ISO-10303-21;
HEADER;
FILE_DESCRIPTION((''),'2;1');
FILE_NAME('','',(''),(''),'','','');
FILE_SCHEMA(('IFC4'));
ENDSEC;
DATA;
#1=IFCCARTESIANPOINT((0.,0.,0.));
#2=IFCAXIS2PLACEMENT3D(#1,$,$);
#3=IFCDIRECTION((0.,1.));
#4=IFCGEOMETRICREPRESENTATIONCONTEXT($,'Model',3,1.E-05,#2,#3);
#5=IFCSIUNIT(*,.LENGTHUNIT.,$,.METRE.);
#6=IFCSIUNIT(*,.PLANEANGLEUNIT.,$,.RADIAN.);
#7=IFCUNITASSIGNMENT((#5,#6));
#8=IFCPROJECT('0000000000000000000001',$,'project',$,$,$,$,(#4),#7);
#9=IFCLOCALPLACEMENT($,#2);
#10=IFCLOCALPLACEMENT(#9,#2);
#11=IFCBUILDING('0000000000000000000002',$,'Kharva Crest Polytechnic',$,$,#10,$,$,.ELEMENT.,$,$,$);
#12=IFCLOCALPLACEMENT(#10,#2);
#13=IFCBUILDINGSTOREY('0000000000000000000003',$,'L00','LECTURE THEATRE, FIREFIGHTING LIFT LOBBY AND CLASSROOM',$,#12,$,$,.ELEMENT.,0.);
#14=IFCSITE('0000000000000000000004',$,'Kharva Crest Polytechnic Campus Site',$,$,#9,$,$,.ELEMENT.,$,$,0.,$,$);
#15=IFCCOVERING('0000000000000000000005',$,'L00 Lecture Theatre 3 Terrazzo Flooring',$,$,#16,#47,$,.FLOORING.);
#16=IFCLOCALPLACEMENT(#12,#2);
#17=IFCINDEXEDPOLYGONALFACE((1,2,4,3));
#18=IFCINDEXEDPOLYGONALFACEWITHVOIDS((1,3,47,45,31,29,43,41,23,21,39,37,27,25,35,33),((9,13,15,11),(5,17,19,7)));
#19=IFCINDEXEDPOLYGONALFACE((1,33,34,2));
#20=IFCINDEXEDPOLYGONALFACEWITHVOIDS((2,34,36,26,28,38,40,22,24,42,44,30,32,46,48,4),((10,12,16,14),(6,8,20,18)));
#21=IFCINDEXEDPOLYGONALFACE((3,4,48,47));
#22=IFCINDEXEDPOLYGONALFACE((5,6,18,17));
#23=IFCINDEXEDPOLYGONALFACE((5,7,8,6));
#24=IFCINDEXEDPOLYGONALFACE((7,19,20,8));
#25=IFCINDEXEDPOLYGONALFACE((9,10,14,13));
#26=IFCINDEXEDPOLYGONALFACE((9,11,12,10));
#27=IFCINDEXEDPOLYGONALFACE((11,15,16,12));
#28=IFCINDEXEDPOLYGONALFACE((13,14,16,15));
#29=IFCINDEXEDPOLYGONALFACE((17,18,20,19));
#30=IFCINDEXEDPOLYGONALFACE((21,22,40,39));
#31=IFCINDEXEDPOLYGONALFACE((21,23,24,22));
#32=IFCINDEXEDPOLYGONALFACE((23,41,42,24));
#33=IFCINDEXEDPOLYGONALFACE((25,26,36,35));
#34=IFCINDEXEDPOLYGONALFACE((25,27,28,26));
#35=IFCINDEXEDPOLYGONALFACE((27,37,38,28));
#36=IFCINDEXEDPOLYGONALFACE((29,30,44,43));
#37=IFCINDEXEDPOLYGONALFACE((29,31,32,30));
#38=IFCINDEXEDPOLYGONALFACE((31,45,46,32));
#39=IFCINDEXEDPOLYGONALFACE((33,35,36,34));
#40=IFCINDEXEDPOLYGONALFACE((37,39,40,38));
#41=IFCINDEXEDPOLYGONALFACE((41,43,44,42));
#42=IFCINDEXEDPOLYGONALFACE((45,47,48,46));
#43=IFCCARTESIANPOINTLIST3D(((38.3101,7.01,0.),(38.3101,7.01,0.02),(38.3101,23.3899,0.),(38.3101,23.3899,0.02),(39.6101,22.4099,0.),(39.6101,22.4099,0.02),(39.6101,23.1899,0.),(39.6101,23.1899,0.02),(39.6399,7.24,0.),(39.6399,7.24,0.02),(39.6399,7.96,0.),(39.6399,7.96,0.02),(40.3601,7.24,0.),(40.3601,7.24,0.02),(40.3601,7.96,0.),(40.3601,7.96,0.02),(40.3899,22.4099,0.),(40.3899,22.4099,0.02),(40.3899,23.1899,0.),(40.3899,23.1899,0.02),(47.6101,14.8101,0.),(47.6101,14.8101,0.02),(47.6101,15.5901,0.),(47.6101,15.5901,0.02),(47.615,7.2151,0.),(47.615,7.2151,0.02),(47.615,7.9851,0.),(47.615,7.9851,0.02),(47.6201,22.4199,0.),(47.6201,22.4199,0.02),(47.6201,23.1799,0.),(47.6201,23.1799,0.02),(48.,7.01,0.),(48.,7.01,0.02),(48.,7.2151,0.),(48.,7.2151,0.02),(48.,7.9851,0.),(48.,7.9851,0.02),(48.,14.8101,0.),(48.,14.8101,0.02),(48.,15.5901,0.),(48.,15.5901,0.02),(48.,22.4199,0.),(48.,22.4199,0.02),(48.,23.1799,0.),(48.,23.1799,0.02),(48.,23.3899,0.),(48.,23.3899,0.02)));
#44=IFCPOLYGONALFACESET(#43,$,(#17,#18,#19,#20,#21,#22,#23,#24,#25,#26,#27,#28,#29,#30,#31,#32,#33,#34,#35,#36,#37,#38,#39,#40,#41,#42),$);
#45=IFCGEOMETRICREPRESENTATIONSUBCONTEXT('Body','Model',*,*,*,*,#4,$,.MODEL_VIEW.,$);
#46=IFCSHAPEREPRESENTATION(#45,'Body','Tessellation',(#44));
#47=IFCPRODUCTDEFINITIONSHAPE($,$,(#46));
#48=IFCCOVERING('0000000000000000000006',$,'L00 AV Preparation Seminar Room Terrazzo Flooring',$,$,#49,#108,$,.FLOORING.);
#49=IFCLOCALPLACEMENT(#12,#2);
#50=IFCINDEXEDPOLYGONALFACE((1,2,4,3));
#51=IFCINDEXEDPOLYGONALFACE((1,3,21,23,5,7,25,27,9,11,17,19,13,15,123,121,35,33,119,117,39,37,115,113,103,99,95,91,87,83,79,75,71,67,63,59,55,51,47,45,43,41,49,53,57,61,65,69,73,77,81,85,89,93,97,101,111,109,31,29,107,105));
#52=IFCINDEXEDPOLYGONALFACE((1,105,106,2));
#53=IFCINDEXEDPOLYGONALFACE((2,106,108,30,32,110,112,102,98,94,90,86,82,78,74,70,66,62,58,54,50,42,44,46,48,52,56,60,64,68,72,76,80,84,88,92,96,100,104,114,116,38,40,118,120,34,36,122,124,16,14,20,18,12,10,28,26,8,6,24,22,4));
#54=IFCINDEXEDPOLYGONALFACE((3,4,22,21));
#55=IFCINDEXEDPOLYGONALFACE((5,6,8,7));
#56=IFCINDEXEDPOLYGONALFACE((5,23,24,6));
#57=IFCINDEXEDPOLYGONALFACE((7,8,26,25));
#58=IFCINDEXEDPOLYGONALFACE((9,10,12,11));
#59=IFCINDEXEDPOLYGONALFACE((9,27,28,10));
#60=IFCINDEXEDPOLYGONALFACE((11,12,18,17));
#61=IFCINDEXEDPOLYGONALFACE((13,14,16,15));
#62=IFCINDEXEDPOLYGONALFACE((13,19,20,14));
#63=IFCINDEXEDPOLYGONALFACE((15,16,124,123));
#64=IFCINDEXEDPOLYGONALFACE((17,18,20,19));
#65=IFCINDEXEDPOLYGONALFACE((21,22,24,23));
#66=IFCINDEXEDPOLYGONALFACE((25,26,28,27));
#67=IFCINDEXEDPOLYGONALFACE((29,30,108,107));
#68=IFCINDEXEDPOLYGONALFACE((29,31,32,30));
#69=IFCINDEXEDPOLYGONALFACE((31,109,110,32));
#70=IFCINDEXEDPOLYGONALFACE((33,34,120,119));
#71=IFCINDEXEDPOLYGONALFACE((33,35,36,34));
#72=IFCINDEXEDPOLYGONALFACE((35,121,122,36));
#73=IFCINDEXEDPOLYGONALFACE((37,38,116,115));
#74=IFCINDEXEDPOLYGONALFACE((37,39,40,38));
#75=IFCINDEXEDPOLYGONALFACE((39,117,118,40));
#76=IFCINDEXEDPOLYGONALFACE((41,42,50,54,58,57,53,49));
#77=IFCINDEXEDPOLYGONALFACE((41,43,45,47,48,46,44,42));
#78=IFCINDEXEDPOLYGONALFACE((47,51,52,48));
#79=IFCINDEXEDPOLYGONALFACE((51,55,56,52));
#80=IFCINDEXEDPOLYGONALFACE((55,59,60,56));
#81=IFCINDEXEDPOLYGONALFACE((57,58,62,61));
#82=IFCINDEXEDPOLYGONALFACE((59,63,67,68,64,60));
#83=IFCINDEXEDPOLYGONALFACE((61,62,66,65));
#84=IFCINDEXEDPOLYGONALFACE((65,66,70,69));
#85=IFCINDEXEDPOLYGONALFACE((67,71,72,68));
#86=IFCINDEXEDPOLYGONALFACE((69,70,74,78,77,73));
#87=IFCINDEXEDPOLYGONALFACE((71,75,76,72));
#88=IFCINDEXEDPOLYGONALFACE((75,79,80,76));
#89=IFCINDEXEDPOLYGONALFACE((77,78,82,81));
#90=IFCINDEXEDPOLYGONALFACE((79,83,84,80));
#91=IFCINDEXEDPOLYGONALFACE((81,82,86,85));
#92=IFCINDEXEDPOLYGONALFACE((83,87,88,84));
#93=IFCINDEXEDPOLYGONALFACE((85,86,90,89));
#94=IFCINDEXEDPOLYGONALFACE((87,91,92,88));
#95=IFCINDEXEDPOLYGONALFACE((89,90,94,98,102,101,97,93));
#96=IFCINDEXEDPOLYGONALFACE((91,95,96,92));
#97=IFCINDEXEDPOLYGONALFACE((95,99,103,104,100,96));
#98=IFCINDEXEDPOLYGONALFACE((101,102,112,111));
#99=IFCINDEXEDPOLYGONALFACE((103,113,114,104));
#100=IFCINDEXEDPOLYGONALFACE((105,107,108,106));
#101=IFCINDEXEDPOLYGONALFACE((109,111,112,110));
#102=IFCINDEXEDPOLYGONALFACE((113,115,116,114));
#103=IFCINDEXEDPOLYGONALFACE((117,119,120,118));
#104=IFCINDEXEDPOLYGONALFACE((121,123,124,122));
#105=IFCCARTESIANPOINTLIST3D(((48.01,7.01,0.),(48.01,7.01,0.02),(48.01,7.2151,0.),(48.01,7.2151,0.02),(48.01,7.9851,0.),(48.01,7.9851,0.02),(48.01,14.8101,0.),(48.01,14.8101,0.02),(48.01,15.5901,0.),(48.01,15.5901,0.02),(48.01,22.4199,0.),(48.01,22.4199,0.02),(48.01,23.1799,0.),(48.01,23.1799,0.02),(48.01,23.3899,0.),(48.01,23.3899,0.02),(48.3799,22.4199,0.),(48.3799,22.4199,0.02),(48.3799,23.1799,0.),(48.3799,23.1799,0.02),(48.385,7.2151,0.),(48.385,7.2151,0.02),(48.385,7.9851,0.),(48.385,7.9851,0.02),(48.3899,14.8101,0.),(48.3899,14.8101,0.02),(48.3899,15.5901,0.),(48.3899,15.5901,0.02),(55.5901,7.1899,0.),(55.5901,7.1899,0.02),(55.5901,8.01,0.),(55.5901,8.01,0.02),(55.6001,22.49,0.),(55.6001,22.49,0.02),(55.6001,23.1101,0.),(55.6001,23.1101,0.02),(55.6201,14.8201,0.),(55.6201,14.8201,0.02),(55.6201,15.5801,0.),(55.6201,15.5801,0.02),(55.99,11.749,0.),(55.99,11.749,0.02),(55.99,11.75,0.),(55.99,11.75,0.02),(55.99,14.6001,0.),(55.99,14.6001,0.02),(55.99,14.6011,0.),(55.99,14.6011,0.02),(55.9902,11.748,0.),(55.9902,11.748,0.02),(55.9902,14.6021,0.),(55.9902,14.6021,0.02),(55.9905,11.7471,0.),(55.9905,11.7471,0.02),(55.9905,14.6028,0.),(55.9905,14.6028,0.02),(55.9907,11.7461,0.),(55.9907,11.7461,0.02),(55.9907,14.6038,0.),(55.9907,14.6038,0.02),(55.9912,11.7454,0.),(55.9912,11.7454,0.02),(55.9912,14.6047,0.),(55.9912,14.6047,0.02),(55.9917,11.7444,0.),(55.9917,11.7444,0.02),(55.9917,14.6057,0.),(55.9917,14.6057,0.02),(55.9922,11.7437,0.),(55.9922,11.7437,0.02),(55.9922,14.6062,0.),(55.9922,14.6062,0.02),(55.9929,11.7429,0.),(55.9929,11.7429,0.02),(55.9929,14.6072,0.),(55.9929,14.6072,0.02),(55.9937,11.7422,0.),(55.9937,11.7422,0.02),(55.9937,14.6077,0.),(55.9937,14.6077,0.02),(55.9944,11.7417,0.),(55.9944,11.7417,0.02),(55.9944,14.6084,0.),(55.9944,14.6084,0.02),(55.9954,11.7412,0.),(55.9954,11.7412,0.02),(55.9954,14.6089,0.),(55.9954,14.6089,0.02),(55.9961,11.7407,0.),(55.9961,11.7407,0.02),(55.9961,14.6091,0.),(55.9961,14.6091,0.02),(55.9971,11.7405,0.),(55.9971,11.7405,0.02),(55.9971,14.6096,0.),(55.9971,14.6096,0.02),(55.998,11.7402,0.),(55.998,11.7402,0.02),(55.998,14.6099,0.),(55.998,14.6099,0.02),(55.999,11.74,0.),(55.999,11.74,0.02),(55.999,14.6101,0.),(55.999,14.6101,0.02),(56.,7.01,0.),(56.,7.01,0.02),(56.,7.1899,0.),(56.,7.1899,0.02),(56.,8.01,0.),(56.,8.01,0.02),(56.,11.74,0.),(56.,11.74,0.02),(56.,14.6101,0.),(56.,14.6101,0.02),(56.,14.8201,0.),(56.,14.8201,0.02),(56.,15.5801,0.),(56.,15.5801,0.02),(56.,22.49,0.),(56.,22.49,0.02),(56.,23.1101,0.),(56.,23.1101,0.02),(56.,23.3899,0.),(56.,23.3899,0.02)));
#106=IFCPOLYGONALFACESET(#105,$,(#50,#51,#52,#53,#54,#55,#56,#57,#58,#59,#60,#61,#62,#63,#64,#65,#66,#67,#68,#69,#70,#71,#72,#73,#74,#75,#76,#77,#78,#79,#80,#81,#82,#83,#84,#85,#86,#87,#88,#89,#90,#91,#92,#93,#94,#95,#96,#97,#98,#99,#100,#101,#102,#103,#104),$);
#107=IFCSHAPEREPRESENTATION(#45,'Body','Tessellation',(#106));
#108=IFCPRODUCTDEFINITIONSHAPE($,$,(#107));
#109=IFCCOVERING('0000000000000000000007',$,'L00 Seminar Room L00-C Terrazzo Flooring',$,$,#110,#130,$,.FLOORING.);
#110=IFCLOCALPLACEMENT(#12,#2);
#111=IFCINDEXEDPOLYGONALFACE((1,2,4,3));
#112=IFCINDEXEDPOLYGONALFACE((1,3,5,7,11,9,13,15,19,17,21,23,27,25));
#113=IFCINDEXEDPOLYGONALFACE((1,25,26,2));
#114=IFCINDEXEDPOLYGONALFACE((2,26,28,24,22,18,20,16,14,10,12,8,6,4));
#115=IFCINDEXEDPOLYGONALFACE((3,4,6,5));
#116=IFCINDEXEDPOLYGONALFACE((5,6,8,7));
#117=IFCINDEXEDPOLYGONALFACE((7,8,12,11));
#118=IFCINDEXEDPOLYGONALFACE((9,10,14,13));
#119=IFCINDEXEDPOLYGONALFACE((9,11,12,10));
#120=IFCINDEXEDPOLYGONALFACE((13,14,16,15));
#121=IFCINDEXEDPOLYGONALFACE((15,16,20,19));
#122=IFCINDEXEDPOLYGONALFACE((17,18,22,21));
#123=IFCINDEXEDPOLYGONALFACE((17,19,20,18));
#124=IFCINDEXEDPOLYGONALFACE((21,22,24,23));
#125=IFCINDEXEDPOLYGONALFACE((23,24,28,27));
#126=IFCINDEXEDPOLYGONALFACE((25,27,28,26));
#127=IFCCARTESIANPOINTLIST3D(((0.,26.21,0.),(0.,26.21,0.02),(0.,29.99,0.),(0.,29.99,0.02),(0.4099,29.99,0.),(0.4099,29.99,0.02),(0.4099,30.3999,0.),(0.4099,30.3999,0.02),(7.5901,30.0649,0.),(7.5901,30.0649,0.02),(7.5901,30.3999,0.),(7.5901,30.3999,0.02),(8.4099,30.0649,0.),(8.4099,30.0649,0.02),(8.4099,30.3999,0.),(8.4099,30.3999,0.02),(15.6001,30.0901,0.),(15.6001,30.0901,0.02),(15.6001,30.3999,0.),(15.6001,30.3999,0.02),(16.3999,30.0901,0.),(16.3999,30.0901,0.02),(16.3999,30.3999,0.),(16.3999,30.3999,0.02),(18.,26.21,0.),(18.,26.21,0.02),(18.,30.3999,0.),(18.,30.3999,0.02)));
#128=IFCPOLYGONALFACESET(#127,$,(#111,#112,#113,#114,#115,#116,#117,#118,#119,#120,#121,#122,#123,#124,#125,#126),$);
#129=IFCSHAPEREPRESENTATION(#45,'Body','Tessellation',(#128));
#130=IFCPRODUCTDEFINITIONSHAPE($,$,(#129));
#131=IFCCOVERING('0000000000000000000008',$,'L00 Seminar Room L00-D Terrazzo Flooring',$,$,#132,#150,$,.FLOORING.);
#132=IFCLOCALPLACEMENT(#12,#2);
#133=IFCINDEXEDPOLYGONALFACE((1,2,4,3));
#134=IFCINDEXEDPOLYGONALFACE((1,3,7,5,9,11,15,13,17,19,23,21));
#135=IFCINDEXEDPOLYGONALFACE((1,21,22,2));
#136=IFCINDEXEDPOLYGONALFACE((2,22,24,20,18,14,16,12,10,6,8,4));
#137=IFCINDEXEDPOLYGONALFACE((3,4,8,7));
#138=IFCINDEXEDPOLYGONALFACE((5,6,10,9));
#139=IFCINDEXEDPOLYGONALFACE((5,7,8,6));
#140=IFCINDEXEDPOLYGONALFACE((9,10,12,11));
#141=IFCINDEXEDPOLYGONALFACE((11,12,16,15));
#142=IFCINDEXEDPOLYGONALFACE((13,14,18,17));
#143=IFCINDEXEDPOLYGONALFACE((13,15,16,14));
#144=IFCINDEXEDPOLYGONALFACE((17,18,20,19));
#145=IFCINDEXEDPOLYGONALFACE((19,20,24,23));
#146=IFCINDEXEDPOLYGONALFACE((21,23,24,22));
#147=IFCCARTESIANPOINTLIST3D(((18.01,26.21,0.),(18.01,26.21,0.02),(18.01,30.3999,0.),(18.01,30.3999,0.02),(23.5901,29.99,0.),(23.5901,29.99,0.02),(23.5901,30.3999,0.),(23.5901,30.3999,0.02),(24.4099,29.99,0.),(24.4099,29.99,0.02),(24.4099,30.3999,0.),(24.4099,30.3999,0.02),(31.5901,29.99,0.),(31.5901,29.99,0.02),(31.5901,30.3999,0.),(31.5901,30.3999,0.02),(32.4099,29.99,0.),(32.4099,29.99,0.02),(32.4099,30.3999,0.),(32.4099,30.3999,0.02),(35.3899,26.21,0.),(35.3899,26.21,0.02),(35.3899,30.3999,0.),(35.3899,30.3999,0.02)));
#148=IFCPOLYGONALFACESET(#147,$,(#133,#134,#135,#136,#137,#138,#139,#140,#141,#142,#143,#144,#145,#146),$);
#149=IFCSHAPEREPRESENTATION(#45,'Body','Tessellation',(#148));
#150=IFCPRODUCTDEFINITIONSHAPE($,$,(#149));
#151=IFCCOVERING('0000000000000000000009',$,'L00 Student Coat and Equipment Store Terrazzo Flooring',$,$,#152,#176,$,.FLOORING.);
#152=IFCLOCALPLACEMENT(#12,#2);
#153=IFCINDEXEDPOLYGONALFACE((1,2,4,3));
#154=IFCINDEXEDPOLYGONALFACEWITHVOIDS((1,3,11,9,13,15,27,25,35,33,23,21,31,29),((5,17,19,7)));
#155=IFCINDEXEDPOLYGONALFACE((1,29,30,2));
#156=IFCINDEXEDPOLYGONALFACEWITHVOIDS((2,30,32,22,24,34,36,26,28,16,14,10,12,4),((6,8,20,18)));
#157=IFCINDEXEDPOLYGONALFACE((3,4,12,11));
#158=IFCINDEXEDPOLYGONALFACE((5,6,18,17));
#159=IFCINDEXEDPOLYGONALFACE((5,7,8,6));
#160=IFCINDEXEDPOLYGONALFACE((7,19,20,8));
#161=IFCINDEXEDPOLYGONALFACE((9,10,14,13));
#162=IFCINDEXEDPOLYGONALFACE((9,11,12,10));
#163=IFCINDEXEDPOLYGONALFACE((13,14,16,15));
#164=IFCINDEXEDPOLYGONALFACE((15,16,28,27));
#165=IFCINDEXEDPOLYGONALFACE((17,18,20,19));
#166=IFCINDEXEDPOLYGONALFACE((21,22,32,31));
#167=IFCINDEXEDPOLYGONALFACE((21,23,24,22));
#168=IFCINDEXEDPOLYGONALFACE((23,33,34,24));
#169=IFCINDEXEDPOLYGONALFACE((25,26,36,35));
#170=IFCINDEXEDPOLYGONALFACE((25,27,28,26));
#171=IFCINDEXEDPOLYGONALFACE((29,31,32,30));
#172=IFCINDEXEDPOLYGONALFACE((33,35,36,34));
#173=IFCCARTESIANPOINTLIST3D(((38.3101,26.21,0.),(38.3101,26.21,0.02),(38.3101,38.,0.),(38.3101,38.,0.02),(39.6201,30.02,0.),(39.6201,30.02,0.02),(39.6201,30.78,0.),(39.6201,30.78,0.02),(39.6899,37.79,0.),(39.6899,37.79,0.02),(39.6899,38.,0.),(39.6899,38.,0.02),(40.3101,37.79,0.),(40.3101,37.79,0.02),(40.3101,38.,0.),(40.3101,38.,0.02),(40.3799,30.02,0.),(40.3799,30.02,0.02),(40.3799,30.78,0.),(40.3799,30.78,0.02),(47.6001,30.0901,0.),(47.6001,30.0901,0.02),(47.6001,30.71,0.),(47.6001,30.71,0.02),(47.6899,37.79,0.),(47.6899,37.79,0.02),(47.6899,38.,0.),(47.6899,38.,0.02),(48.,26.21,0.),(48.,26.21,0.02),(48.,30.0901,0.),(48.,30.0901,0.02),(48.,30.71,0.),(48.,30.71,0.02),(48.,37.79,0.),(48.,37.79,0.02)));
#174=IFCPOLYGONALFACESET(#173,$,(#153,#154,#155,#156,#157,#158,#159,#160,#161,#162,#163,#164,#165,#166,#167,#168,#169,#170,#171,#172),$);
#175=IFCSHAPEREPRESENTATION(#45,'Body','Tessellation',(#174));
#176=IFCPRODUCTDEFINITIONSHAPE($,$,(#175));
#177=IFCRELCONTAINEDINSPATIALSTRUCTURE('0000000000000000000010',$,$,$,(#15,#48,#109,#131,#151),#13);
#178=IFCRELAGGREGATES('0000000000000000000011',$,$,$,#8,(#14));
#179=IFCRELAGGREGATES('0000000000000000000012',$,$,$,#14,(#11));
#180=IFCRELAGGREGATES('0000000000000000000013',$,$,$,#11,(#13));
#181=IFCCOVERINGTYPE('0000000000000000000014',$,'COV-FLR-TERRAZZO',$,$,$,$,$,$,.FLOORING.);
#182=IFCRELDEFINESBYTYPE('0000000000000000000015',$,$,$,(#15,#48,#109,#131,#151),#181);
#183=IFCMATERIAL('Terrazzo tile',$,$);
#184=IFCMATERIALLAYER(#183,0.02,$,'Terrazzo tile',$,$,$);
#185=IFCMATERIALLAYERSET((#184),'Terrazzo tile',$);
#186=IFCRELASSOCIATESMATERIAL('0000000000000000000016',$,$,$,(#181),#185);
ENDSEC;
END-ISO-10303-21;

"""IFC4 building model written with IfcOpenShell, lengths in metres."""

from ifc_helpers import new_model, si_unit, direction, origin, place, context, subcontext, project, spatial, polyline, outline, extrude, material, layer, layer_set, type_object, element, save


model = new_model("IFC4")

# Units and contexts
model_context = context("Model", 3, precision=1e-05, world=origin(), true_north=direction((0.0, 1.0)))
body_context = subcontext(model_context, "Body", "Model", "MODEL_VIEW")
ifc_project = project(units=[si_unit("LENGTHUNIT", "METRE"), si_unit("PLANEANGLEUNIT", "RADIAN")], contexts=[model_context])

# Site, building, storey
site_placement = place(None, origin())
site = spatial("IfcSite", under=ifc_project, at=site_placement, Name="Kharva Crest Polytechnic Campus Site", CompositionType="ELEMENT", RefElevation=0.0)
building_placement = place(site_placement, origin())
building = spatial("IfcBuilding", under=site, at=building_placement, Name="Kharva Crest Polytechnic", CompositionType="ELEMENT")
storey_placement = place(building_placement, origin())
storey = spatial("IfcBuildingStorey", under=building, at=storey_placement, Name="L00", Description="LECTURE THEATRE, FIREFIGHTING LIFT LOBBY AND CLASSROOM", CompositionType="ELEMENT", Elevation=0.0)

# Coverings
ifc_material_1 = material(Name="Terrazzo tile")
ifc_layer_1 = layer(ifc_material_1, 0.02, Name="Terrazzo tile")
ifc_layer_set_1 = layer_set([ifc_layer_1], Name="Terrazzo tile")
covering_type_1 = type_object("IfcCoveringType", Name="COV-FLR-TERRAZZO", PredefinedType="FLOORING", material=ifc_layer_set_1)
covering_1_placement = place(storey_placement, origin())
element("IfcCovering", 1, at=covering_1_placement, inside=storey, type_object=covering_type_1, Name="L00 Lecture Theatre 3 Terrazzo Flooring", PredefinedType="FLOORING", context=body_context, shape_type="SweptSolid", body=[
    extrude(outline(polyline([(48.0, 23.1799), (47.6201, 23.1799), (47.6201, 22.4199), (48.0, 22.4199), (48.0, 15.5901), (47.6101, 15.5901), (47.6101, 14.8101), (48.0, 14.8101), (48.0, 7.9851), (47.615, 7.9851), (47.615, 7.2151), (48.0, 7.2151), (48.0, 7.01), (38.3101, 7.01), (38.3101, 23.3899), (48.0, 23.3899), (48.0, 23.1799)]), holes=[polyline([(39.6399, 7.96), (39.6399, 7.24), (40.3601, 7.24), (40.3601, 7.96), (39.6399, 7.96)]), polyline([(40.3899, 23.1899), (39.6101, 23.1899), (39.6101, 22.4099), (40.3899, 22.4099), (40.3899, 23.1899)])]), origin(), (0.0, 0.0, 1.0), 0.02),
])
covering_2_placement = place(storey_placement, origin())
element("IfcCovering", 2, at=covering_2_placement, inside=storey, type_object=covering_type_1, Name="L00 AV Preparation Seminar Room Terrazzo Flooring", PredefinedType="FLOORING", context=body_context, shape_type="SweptSolid", body=[
    extrude(outline(polyline([(48.385, 7.2151), (48.385, 7.9851), (48.01, 7.9851), (48.01, 14.8101), (48.3899, 14.8101), (48.3899, 15.5901), (48.01, 15.5901), (48.01, 22.4199), (48.3799, 22.4199), (48.3799, 23.1799), (48.01, 23.1799), (48.01, 23.3899), (56.0, 23.3899), (56.0, 23.1101), (55.6001, 23.1101), (55.6001, 22.49), (56.0, 22.49), (56.0, 15.5801), (55.6201, 15.5801), (55.6201, 14.8201), (56.0, 14.8201), (56.0, 14.6101), (55.999, 14.6101), (55.998, 14.6099), (55.9971, 14.6096), (55.9961, 14.6091), (55.9954, 14.6089), (55.9944, 14.6084), (55.9937, 14.6077), (55.9929, 14.6072), (55.9922, 14.6062), (55.9917, 14.6057), (55.9912, 14.6047), (55.9907, 14.6038), (55.9905, 14.6028), (55.9902, 14.6021), (55.99, 14.6011), (55.99, 14.6001), (55.99, 11.75), (55.99, 11.749), (55.9902, 11.748), (55.9905, 11.7471), (55.9907, 11.7461), (55.9912, 11.7454), (55.9917, 11.7444), (55.9922, 11.7437), (55.9929, 11.7429), (55.9937, 11.7422), (55.9944, 11.7417), (55.9954, 11.7412), (55.9961, 11.7407), (55.9971, 11.7405), (55.998, 11.7402), (55.999, 11.74), (56.0, 11.74), (56.0, 8.01), (55.5901, 8.01), (55.5901, 7.1899), (56.0, 7.1899), (56.0, 7.01), (48.01, 7.01), (48.01, 7.2151), (48.385, 7.2151)])), origin(), (0.0, 0.0, 1.0), 0.02),
])
covering_3_placement = place(storey_placement, origin())
element("IfcCovering", 3, at=covering_3_placement, inside=storey, type_object=covering_type_1, Name="L00 Seminar Room L00-C Terrazzo Flooring", PredefinedType="FLOORING", context=body_context, shape_type="SweptSolid", body=[
    extrude(outline(polyline([(0.0, 29.99), (0.4099, 29.99), (0.4099, 30.3999), (7.5901, 30.3999), (7.5901, 30.0649), (8.4099, 30.0649), (8.4099, 30.3999), (15.6001, 30.3999), (15.6001, 30.0901), (16.3999, 30.0901), (16.3999, 30.3999), (18.0, 30.3999), (18.0, 26.21), (0.0, 26.21), (0.0, 29.99)])), origin(), (0.0, 0.0, 1.0), 0.02),
])
covering_4_placement = place(storey_placement, origin())
element("IfcCovering", 4, at=covering_4_placement, inside=storey, type_object=covering_type_1, Name="L00 Seminar Room L00-D Terrazzo Flooring", PredefinedType="FLOORING", context=body_context, shape_type="SweptSolid", body=[
    extrude(outline(polyline([(23.5901, 30.3999), (23.5901, 29.99), (24.4099, 29.99), (24.4099, 30.3999), (31.5901, 30.3999), (31.5901, 29.99), (32.4099, 29.99), (32.4099, 30.3999), (35.3899, 30.3999), (35.3899, 26.21), (18.01, 26.21), (18.01, 30.3999), (23.5901, 30.3999)])), origin(), (0.0, 0.0, 1.0), 0.02),
])
covering_5_placement = place(storey_placement, origin())
element("IfcCovering", 5, at=covering_5_placement, inside=storey, type_object=covering_type_1, Name="L00 Student Coat and Equipment Store Terrazzo Flooring", PredefinedType="FLOORING", context=body_context, shape_type="SweptSolid", body=[
    extrude(outline(polyline([(39.6899, 38.0), (39.6899, 37.79), (40.3101, 37.79), (40.3101, 38.0), (47.6899, 38.0), (47.6899, 37.79), (48.0, 37.79), (48.0, 30.71), (47.6001, 30.71), (47.6001, 30.0901), (48.0, 30.0901), (48.0, 26.21), (38.3101, 26.21), (38.3101, 38.0), (39.6899, 38.0)]), holes=[polyline([(40.3799, 30.78), (39.6201, 30.78), (39.6201, 30.02), (40.3799, 30.02), (40.3799, 30.78)])]), origin(), (0.0, 0.0, 1.0), 0.02),
])

save(model, "model.ifc")
